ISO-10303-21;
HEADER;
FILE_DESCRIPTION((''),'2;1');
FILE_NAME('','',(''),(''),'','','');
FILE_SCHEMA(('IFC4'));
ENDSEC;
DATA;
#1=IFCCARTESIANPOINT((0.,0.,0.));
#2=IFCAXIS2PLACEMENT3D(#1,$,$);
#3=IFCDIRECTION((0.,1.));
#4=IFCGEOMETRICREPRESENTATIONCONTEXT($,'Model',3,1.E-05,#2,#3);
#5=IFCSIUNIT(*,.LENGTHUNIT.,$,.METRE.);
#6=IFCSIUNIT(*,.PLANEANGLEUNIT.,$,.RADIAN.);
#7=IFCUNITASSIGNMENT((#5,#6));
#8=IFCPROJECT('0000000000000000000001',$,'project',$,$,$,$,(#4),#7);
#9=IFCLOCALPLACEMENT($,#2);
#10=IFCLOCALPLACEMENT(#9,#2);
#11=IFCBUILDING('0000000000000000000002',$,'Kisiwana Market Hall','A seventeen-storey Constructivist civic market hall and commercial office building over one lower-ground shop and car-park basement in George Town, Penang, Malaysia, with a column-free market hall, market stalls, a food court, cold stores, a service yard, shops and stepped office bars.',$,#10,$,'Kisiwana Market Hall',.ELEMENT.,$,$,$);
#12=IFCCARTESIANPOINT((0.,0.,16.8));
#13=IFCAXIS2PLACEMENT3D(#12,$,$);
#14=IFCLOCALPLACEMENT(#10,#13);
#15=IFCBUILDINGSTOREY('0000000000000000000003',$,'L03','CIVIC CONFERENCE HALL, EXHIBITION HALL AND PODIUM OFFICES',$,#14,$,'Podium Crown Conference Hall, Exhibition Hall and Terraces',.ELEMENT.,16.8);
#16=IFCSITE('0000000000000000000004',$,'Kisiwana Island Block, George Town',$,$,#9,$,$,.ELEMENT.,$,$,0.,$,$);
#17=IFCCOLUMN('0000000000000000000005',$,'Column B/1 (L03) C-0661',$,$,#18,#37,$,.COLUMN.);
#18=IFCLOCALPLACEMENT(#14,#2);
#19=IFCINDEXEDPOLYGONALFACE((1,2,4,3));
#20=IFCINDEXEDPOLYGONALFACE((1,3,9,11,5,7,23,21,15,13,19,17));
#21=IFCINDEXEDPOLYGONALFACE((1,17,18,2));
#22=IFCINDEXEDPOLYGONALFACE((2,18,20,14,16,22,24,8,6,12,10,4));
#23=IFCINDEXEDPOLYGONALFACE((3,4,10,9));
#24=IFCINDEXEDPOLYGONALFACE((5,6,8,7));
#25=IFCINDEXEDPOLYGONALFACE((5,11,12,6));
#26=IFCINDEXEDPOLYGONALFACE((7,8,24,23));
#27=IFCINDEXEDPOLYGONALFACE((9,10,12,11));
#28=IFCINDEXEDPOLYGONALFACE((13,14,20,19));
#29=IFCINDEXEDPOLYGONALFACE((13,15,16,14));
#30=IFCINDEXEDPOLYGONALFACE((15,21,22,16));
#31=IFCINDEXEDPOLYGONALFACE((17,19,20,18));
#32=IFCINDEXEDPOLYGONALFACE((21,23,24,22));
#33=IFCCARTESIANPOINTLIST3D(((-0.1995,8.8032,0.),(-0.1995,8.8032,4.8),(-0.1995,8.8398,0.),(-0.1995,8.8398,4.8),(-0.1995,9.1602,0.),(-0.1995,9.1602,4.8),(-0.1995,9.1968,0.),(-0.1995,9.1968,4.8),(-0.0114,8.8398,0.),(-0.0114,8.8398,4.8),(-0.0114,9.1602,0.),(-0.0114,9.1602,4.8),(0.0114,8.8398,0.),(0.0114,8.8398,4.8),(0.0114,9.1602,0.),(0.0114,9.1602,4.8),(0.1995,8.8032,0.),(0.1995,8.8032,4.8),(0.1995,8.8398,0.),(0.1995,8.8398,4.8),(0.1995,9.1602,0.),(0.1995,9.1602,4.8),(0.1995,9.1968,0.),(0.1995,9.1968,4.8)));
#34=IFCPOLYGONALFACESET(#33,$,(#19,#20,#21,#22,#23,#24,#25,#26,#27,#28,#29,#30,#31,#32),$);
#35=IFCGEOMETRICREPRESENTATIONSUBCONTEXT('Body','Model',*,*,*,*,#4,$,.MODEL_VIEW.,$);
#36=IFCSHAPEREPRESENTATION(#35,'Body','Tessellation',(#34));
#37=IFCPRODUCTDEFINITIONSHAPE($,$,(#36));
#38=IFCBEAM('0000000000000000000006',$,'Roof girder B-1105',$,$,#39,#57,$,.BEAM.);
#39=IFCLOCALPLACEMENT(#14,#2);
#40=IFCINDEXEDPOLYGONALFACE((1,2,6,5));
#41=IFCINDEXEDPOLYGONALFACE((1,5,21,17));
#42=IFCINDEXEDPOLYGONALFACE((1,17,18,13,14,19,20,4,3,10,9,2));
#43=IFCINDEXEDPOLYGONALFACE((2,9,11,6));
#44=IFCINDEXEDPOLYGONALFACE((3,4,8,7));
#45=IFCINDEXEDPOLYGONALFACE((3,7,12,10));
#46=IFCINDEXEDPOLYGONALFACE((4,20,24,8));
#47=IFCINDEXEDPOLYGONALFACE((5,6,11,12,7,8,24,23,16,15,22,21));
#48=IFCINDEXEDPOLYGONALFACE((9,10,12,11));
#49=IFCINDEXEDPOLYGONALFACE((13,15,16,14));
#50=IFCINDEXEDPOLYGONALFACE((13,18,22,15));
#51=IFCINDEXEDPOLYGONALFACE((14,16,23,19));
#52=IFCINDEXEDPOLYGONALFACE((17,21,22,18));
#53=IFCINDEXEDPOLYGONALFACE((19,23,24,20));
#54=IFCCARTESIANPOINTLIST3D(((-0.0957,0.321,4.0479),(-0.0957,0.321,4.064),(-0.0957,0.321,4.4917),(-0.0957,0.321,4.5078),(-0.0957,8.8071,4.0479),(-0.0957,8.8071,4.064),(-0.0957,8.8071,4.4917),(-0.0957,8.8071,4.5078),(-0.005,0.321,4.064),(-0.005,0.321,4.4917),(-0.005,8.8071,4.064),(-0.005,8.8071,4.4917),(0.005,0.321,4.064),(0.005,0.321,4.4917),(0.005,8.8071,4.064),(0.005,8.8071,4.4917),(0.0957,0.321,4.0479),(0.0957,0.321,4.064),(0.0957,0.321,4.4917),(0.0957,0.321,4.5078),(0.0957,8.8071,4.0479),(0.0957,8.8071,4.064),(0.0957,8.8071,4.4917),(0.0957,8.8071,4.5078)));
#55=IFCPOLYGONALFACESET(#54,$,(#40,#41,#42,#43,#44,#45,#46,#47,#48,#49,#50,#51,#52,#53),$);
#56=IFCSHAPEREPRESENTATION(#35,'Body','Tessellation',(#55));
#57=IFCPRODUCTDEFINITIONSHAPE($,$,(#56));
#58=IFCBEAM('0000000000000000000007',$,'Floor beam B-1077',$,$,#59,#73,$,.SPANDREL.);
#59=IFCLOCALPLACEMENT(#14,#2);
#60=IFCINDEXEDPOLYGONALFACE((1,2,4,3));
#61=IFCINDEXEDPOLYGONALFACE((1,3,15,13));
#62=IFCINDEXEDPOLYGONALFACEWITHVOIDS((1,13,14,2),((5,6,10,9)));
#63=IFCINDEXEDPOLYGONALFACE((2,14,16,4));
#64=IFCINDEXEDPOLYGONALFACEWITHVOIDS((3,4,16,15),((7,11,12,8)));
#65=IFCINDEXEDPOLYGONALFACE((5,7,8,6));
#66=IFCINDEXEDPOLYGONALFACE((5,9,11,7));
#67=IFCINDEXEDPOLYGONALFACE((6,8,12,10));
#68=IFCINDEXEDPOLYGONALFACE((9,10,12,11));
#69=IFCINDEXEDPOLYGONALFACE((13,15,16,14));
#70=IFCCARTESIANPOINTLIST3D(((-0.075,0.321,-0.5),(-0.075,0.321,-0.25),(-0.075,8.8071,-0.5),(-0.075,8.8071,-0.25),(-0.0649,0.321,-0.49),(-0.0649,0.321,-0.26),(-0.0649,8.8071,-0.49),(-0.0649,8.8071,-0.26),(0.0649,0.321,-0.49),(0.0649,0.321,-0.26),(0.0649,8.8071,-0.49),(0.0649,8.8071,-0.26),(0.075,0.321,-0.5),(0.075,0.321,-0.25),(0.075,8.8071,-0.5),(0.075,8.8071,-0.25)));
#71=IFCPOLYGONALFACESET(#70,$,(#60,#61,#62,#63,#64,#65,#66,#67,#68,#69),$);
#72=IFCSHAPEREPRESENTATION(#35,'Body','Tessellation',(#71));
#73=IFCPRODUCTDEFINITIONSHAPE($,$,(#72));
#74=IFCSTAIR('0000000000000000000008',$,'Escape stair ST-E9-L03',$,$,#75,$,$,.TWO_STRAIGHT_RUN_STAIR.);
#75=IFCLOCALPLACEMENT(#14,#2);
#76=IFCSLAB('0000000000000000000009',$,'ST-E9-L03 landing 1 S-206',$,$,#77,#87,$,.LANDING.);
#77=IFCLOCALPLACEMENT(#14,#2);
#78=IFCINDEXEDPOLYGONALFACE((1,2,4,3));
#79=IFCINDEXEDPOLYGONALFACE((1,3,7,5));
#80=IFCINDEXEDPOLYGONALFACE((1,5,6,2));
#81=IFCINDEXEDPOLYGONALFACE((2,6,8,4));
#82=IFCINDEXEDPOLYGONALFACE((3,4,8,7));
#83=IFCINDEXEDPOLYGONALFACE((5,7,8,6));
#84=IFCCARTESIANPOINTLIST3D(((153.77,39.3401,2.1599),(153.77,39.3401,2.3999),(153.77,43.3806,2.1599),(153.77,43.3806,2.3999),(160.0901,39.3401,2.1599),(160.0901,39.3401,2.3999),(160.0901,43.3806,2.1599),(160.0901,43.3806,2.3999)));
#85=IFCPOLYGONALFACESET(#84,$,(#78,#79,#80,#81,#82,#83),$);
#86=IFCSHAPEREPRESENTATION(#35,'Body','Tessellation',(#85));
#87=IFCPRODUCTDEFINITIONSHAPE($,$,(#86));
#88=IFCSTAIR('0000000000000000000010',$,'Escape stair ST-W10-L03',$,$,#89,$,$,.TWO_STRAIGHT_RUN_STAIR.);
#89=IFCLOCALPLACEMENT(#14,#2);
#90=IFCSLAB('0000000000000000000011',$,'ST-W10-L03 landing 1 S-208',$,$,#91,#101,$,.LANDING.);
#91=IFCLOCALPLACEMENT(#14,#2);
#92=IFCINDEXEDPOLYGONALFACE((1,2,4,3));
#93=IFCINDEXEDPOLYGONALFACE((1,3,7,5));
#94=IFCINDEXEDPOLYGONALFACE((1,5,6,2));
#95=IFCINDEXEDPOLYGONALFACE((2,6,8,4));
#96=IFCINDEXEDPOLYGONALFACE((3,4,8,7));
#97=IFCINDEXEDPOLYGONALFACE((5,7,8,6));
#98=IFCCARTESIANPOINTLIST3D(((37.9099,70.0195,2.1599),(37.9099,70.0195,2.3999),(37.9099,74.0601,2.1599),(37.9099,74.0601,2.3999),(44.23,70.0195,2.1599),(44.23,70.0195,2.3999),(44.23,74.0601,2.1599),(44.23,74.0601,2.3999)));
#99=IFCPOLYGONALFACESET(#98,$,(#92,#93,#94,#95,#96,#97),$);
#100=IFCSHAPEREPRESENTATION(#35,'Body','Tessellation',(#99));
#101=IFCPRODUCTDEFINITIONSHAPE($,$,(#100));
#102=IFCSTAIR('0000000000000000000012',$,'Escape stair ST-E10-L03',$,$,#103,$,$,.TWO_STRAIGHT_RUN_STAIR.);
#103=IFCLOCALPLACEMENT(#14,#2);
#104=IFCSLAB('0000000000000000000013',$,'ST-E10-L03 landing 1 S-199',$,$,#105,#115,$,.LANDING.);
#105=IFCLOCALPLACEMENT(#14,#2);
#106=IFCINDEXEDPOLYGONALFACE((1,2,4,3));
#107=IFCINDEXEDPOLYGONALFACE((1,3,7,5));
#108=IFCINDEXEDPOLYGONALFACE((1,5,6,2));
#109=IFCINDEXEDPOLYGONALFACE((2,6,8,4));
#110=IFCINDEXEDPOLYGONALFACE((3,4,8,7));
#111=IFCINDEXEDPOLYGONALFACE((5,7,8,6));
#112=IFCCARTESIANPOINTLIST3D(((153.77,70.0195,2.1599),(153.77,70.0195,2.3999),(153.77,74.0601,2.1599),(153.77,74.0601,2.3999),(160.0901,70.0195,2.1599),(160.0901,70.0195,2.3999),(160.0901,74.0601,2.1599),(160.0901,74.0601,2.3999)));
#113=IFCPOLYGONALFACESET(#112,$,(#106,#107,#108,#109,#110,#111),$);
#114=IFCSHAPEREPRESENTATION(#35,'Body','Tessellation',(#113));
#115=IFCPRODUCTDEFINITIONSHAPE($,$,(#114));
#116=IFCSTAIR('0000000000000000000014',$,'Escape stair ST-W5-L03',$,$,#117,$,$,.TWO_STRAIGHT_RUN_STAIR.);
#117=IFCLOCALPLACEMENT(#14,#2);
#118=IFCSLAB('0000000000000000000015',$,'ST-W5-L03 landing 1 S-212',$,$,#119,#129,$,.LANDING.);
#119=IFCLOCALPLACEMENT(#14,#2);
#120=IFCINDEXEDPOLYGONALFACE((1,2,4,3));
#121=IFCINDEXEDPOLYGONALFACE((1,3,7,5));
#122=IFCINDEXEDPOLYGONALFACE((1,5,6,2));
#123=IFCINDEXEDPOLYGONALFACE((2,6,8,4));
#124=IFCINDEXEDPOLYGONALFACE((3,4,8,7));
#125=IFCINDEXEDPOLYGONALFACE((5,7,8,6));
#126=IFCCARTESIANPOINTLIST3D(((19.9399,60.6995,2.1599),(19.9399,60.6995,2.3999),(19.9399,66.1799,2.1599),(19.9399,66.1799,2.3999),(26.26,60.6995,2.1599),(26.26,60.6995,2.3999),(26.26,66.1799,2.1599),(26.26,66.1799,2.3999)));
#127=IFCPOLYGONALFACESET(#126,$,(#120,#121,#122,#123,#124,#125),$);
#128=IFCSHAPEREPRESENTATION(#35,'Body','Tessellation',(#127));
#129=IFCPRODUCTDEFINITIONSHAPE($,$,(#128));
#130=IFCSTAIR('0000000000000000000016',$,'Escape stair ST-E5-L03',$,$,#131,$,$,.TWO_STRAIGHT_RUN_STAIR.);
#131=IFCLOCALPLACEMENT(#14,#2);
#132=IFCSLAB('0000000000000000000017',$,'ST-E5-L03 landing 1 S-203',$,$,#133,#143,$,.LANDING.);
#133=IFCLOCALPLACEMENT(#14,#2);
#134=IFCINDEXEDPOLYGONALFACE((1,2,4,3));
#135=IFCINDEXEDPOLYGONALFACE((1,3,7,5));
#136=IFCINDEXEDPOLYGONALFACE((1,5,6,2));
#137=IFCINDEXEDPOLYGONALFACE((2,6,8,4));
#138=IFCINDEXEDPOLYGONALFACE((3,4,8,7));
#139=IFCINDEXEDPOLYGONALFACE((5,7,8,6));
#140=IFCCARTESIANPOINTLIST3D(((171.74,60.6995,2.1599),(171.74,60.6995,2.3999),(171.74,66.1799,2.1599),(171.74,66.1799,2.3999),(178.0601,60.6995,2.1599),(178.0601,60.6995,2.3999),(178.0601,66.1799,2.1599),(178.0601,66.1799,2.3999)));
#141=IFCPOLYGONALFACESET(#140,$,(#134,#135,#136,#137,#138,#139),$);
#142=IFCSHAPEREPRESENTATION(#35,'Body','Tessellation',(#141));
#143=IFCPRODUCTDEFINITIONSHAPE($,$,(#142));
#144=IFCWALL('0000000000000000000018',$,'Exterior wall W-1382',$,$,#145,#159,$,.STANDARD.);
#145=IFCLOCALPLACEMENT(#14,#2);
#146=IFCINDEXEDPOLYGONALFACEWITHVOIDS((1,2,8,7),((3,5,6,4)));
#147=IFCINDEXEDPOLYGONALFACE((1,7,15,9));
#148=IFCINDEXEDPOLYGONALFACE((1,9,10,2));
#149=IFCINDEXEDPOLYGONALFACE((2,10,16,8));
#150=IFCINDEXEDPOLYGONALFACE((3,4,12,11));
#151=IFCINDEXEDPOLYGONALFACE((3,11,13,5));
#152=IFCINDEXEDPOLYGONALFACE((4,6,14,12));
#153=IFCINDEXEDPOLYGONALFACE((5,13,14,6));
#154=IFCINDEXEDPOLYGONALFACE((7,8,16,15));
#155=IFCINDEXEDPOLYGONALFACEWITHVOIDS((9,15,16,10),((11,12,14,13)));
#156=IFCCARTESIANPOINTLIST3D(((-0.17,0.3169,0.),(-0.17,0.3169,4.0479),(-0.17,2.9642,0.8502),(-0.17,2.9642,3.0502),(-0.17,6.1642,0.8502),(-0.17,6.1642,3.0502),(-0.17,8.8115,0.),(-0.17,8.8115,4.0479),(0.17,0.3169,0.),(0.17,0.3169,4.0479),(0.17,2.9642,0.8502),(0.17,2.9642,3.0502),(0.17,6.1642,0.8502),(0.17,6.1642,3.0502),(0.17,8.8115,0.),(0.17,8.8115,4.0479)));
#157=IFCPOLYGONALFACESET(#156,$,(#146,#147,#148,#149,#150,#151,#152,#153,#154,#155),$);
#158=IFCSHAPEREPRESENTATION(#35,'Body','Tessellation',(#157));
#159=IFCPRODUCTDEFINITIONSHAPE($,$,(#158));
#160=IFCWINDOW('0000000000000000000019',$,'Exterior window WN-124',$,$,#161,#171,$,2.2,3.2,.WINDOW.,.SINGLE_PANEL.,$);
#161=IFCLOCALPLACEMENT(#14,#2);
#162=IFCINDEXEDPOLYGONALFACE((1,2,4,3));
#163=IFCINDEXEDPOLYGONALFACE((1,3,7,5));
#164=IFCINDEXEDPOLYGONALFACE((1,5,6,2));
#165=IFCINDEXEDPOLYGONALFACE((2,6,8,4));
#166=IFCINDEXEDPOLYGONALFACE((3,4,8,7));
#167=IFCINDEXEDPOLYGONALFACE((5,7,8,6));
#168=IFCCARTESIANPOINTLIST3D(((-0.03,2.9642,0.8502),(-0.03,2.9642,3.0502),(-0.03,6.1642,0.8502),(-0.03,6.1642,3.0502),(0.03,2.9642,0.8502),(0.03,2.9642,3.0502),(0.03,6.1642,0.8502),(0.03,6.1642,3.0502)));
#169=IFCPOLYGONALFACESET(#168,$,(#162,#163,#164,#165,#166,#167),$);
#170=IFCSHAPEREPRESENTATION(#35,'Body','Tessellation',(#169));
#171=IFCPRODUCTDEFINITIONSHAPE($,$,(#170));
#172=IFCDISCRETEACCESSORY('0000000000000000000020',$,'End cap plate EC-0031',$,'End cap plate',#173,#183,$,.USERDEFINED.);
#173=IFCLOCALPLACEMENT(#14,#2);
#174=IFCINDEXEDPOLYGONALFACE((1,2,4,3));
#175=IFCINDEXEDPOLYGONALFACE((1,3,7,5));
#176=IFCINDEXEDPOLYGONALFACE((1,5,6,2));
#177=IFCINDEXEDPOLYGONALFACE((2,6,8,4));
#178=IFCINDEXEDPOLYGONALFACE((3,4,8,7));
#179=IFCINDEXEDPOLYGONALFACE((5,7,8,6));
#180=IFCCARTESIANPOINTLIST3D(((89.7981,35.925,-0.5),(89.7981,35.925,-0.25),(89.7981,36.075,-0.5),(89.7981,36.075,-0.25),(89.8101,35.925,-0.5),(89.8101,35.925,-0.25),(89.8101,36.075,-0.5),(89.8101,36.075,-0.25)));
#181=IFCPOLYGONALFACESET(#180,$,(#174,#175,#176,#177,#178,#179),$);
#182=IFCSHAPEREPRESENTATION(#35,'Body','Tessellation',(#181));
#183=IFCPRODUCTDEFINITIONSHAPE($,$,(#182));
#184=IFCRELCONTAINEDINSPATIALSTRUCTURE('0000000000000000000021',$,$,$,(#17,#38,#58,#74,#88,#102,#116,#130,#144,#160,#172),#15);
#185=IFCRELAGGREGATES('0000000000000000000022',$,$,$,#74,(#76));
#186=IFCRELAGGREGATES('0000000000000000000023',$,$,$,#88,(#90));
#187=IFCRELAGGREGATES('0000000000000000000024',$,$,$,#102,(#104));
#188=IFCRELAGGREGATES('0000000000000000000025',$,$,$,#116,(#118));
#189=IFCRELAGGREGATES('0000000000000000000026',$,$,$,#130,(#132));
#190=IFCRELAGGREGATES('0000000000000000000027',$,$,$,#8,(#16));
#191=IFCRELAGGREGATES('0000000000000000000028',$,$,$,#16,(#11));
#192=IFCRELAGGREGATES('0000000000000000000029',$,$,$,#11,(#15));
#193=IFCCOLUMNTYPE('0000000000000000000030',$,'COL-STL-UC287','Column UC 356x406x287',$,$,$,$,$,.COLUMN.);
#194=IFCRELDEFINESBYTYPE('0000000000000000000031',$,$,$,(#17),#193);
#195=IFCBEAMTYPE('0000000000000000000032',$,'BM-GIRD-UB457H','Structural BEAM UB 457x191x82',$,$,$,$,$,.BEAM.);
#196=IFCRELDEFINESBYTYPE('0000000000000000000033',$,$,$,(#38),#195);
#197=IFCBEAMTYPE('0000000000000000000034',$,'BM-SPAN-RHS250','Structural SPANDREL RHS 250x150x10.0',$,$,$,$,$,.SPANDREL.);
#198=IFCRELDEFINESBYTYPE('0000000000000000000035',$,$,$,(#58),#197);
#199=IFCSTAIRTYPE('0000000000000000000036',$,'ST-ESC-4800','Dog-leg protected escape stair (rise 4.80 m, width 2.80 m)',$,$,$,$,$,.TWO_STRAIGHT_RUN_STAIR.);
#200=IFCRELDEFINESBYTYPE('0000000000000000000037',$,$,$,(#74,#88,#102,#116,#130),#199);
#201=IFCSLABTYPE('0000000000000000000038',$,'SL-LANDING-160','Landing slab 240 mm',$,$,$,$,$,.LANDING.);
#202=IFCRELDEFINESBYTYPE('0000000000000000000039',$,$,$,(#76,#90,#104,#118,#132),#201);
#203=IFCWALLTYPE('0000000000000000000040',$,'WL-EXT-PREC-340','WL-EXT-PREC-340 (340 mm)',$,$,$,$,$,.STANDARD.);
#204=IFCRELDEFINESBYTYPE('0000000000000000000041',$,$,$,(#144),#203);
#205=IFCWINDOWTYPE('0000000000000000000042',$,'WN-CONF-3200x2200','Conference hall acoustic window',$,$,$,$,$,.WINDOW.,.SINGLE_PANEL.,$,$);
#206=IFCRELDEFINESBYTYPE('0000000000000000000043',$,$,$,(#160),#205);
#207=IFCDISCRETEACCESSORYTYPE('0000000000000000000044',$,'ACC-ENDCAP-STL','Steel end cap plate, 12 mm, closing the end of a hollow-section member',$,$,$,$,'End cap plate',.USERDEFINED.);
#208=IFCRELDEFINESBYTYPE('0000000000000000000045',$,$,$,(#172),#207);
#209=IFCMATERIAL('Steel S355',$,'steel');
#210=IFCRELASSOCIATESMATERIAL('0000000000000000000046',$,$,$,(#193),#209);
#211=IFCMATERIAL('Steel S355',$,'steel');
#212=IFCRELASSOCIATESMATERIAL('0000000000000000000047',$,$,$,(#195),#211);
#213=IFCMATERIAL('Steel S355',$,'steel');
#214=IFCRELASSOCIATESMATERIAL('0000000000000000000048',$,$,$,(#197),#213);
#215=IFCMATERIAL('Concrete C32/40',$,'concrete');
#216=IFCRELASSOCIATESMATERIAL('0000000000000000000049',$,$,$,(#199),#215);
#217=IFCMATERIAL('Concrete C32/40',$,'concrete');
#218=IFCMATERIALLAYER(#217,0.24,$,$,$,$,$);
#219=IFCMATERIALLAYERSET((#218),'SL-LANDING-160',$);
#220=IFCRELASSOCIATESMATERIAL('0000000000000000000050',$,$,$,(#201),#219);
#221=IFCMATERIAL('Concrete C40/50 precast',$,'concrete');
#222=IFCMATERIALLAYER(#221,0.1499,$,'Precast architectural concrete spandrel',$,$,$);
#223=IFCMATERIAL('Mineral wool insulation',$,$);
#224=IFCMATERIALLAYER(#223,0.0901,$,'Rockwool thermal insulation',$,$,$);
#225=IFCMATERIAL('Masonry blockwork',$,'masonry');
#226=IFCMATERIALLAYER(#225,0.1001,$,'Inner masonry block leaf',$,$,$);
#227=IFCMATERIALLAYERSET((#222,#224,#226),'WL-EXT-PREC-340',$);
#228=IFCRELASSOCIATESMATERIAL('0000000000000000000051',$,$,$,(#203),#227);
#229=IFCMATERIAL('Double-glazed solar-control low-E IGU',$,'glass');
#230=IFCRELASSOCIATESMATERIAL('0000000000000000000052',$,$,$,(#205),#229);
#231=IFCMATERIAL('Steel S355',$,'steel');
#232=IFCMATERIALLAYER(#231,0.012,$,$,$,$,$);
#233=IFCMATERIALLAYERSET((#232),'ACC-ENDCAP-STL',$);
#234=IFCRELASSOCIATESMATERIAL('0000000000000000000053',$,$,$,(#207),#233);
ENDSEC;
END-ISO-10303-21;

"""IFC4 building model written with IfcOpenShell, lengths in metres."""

from ifc_helpers import new_model, si_unit, direction, frame, frame_2d, origin, origin_2d, place, context, subcontext, project, spatial, polyline, rectangle, hollow_rectangle, i_section, outline, extrude, material, layer, layer_set, material_profile, profile_set, type_object, element, fill, aggregate, save


model = new_model("IFC4")

# Units and contexts
model_context = context("Model", 3, precision=1e-05, world=origin(), true_north=direction((0.0, 1.0)))
body_context = subcontext(model_context, "Body", "Model", "MODEL_VIEW")
ifc_project = project(units=[si_unit("LENGTHUNIT", "METRE"), si_unit("PLANEANGLEUNIT", "RADIAN")], contexts=[model_context])

# Site, building, storey
site_placement = place(None, origin())
site = spatial("IfcSite", under=ifc_project, at=site_placement, Name="Kisiwana Island Block, George Town", CompositionType="ELEMENT", RefElevation=0.0)
building_placement = place(site_placement, origin())
building = spatial("IfcBuilding", under=site, at=building_placement, Name="Kisiwana Market Hall", Description="A seventeen-storey Constructivist civic market hall and commercial office building over one lower-ground shop and car-park basement in George Town, Penang, Malaysia, with a column-free market hall, market stalls, a food court, cold stores, a service yard, shops and stepped office bars.", LongName="Kisiwana Market Hall", CompositionType="ELEMENT")
storey_placement = place(building_placement, frame((0.0, 0.0, 16.8)))
storey = spatial("IfcBuildingStorey", under=building, at=storey_placement, Name="L03", Description="CIVIC CONFERENCE HALL, EXHIBITION HALL AND PODIUM OFFICES", LongName="Podium Crown Conference Hall, Exhibition Hall and Terraces", CompositionType="ELEMENT", Elevation=16.8)

# Column
ifc_material_1 = material(Name="Steel S355", Category="steel")
ifc_material_profile_1 = material_profile(ifc_material_1, i_section(OverallWidth=0.3989, OverallDepth=0.3936, WebThickness=0.0227, FlangeThickness=0.0366, at=origin_2d()), Name="UC 356x406x287")
ifc_profile_set_1 = profile_set([ifc_material_profile_1], Name="Steel S355")
column_type = type_object("IfcColumnType", Name="COL-STL-UC287", Description="Column UC 356x406x287", PredefinedType="COLUMN", material=ifc_profile_set_1)
column_placement = place(storey_placement, frame((0.0, 9.0, 0.0), z_axis=(0.0, 0.0, 1.0), x_axis=(1.0, 0.0, 0.0)))
element("IfcColumn", 1, at=column_placement, inside=storey, type_object=column_type, Name="Column B/1 (L03) C-0661", PredefinedType="COLUMN", context=body_context, shape_type="SweptSolid", body=[
    extrude(i_section(OverallWidth=0.3989, OverallDepth=0.3936, WebThickness=0.0227, FlangeThickness=0.0366, at=origin_2d()), origin(), (0.0, 0.0, 1.0), 4.8),
])

# Beams
ifc_material_2 = material(Name="Steel S355", Category="steel")
ifc_material_profile_2 = material_profile(ifc_material_2, i_section(OverallWidth=0.1914, OverallDepth=0.46, WebThickness=0.01, FlangeThickness=0.0161, at=origin_2d()), Name="UB 457x191x82")
ifc_profile_set_2 = profile_set([ifc_material_profile_2], Name="Steel S355")
beam_type_1 = type_object("IfcBeamType", Name="BM-GIRD-UB457H", Description="Structural BEAM UB 457x191x82", PredefinedType="BEAM", material=ifc_profile_set_2)
beam_1_placement = place(storey_placement, frame((0.0, 0.321, 4.2778), z_axis=(0.0, 1.0, 0.0), x_axis=(-1.0, 0.0, 0.0)))
element("IfcBeam", 2, at=beam_1_placement, inside=storey, type_object=beam_type_1, Name="Roof girder B-1105", PredefinedType="BEAM", context=body_context, shape_type="SweptSolid", body=[
    extrude(i_section(OverallWidth=0.1914, OverallDepth=0.46, WebThickness=0.01, FlangeThickness=0.0161, at=origin_2d()), origin(), (0.0, 0.0, 1.0), 8.4861),
])
ifc_material_3 = material(Name="Steel S355", Category="steel")
ifc_material_profile_3 = material_profile(ifc_material_3, hollow_rectangle(XDim=0.1499, YDim=0.25, WallThickness=0.01, at=origin_2d()), Name="RHS 250x150x10.0")
ifc_profile_set_3 = profile_set([ifc_material_profile_3], Name="Steel S355")
beam_type_2 = type_object("IfcBeamType", Name="BM-SPAN-RHS250", Description="Structural SPANDREL RHS 250x150x10.0", PredefinedType="SPANDREL", material=ifc_profile_set_3)
beam_2_placement = place(storey_placement, frame((0.0, 0.321, -0.375), z_axis=(0.0, 1.0, 0.0), x_axis=(-1.0, 0.0, 0.0)))
element("IfcBeam", 3, at=beam_2_placement, inside=storey, type_object=beam_type_2, Name="Floor beam B-1077", PredefinedType="SPANDREL", context=body_context, shape_type="SweptSolid", body=[
    extrude(hollow_rectangle(XDim=0.1499, YDim=0.25, WallThickness=0.01, at=origin_2d()), origin(), (0.0, 0.0, 1.0), 8.4861),
])

# Stairs, slabs
ifc_material_4 = material(Name="Concrete C32/40", Category="concrete")
stair_type = type_object("IfcStairType", Name="ST-ESC-4800", Description="Dog-leg protected escape stair (rise 4.80 m, width 2.80 m)", PredefinedType="TWO_STRAIGHT_RUN_STAIR", material=ifc_material_4)
stair_1_placement = place(storey_placement, origin())
stair_1 = element("IfcStair", 4, at=stair_1_placement, inside=storey, type_object=stair_type, Name="Escape stair ST-E9-L03", PredefinedType="TWO_STRAIGHT_RUN_STAIR")
ifc_material_5 = material(Name="Concrete C32/40", Category="concrete")
ifc_layer_1 = layer(ifc_material_5, 0.24)
ifc_layer_set_1 = layer_set([ifc_layer_1], Name="SL-LANDING-160")
slab_type = type_object("IfcSlabType", Name="SL-LANDING-160", Description="Landing slab 240 mm", PredefinedType="LANDING", material=ifc_layer_set_1)
slab_1_placement = place(storey_placement, frame((0.0, 0.0, 2.1599)))
slab_1 = element("IfcSlab", 5, at=slab_1_placement, type_object=slab_type, Name="ST-E9-L03 landing 1 S-206", PredefinedType="LANDING", context=body_context, shape_type="SweptSolid", body=[
    extrude(outline(polyline([(153.77, 39.3401), (160.0901, 39.3401), (160.0901, 43.3806), (153.77, 43.3806), (153.77, 39.3401)])), origin(), (0.0, 0.0, 1.0), 0.24),
])
aggregate(stair_1, [slab_1])
stair_2_placement = place(storey_placement, origin())
stair_2 = element("IfcStair", 6, at=stair_2_placement, inside=storey, type_object=stair_type, Name="Escape stair ST-W10-L03", PredefinedType="TWO_STRAIGHT_RUN_STAIR")
slab_2_placement = place(storey_placement, frame((0.0, 0.0, 2.1599)))
slab_2 = element("IfcSlab", 7, at=slab_2_placement, type_object=slab_type, Name="ST-W10-L03 landing 1 S-208", PredefinedType="LANDING", context=body_context, shape_type="SweptSolid", body=[
    extrude(outline(polyline([(37.9099, 70.0195), (44.23, 70.0195), (44.23, 74.0601), (37.9099, 74.0601), (37.9099, 70.0195)])), origin(), (0.0, 0.0, 1.0), 0.24),
])
aggregate(stair_2, [slab_2])
stair_3_placement = place(storey_placement, origin())
stair_3 = element("IfcStair", 8, at=stair_3_placement, inside=storey, type_object=stair_type, Name="Escape stair ST-E10-L03", PredefinedType="TWO_STRAIGHT_RUN_STAIR")
slab_3_placement = place(storey_placement, frame((0.0, 0.0, 2.1599)))
slab_3 = element("IfcSlab", 9, at=slab_3_placement, type_object=slab_type, Name="ST-E10-L03 landing 1 S-199", PredefinedType="LANDING", context=body_context, shape_type="SweptSolid", body=[
    extrude(outline(polyline([(153.77, 70.0195), (160.0901, 70.0195), (160.0901, 74.0601), (153.77, 74.0601), (153.77, 70.0195)])), origin(), (0.0, 0.0, 1.0), 0.24),
])
aggregate(stair_3, [slab_3])
stair_4_placement = place(storey_placement, origin())
stair_4 = element("IfcStair", 10, at=stair_4_placement, inside=storey, type_object=stair_type, Name="Escape stair ST-W5-L03", PredefinedType="TWO_STRAIGHT_RUN_STAIR")
slab_4_placement = place(storey_placement, frame((0.0, 0.0, 2.1599)))
slab_4 = element("IfcSlab", 11, at=slab_4_placement, type_object=slab_type, Name="ST-W5-L03 landing 1 S-212", PredefinedType="LANDING", context=body_context, shape_type="SweptSolid", body=[
    extrude(outline(polyline([(19.9399, 60.6995), (26.26, 60.6995), (26.26, 66.1799), (19.9399, 66.1799), (19.9399, 60.6995)])), origin(), (0.0, 0.0, 1.0), 0.24),
])
aggregate(stair_4, [slab_4])
stair_5_placement = place(storey_placement, origin())
stair_5 = element("IfcStair", 12, at=stair_5_placement, inside=storey, type_object=stair_type, Name="Escape stair ST-E5-L03", PredefinedType="TWO_STRAIGHT_RUN_STAIR")
slab_5_placement = place(storey_placement, frame((0.0, 0.0, 2.1599)))
slab_5 = element("IfcSlab", 13, at=slab_5_placement, type_object=slab_type, Name="ST-E5-L03 landing 1 S-203", PredefinedType="LANDING", context=body_context, shape_type="SweptSolid", body=[
    extrude(outline(polyline([(171.74, 60.6995), (178.0601, 60.6995), (178.0601, 66.1799), (171.74, 66.1799), (171.74, 60.6995)])), origin(), (0.0, 0.0, 1.0), 0.24),
])
aggregate(stair_5, [slab_5])

# Wall, opening, window
ifc_material_6 = material(Name="Concrete C40/50 precast", Category="concrete")
ifc_layer_2 = layer(ifc_material_6, 0.1499, Name="Precast architectural concrete spandrel")
ifc_material_7 = material(Name="Mineral wool insulation")
ifc_layer_3 = layer(ifc_material_7, 0.0901, Name="Rockwool thermal insulation")
ifc_material_8 = material(Name="Masonry blockwork", Category="masonry")
ifc_layer_4 = layer(ifc_material_8, 0.1001, Name="Inner masonry block leaf")
ifc_layer_set_2 = layer_set([ifc_layer_2, ifc_layer_3, ifc_layer_4], Name="WL-EXT-PREC-340")
wall_type = type_object("IfcWallType", Name="WL-EXT-PREC-340", Description="WL-EXT-PREC-340 (340 mm)", PredefinedType="STANDARD", material=ifc_layer_set_2)
wall_placement = place(storey_placement, frame((0.0, 0.3169, 0.0), z_axis=(0.0, 0.0, 1.0), x_axis=(0.0, 1.0, 0.0)))
wall = element("IfcWall", 14, at=wall_placement, inside=storey, type_object=wall_type, Name="Exterior wall W-1382", PredefinedType="STANDARD", context=body_context, shape_type="SweptSolid", body=[
    extrude(rectangle(XDim=8.4946, YDim=0.3401, at=frame_2d((4.2473, 0.0))), origin(), (0.0, 0.0, 1.0), 4.0479),
])
opening_placement = place(wall_placement, frame((2.6472, 0.0, 0.8501)))
opening = element("IfcOpeningElement", 15, at=opening_placement, cuts=wall, PredefinedType="OPENING", context=body_context, shape_type="SweptSolid", body=[
    extrude(rectangle(XDim=3.2, YDim=2.2, at=frame_2d((1.6001, 1.1001))), frame((0.0, 0.1821, 0.0), z_axis=(0.0, -1.0, 0.0), x_axis=(1.0, 0.0, 0.0)), (0.0, 0.0, 1.0), 0.364),
])
ifc_material_9 = material(Name="Double-glazed solar-control low-E IGU", Category="glass")
window_type = type_object("IfcWindowType", Name="WN-CONF-3200x2200", Description="Conference hall acoustic window", PartitioningType="SINGLE_PANEL", PredefinedType="WINDOW", material=ifc_material_9)
window_placement = place(opening_placement, origin())
window = element("IfcWindow", 16, at=window_placement, inside=storey, type_object=window_type, Name="Exterior window WN-124", OverallHeight=2.2, OverallWidth=3.2, PartitioningType="SINGLE_PANEL", PredefinedType="WINDOW", context=body_context, shape_type="SweptSolid", body=[
    extrude(rectangle(XDim=3.2, YDim=2.2, at=frame_2d((1.6001, 1.1001))), frame((0.0, 0.03, 0.0), z_axis=(0.0, -1.0, 0.0), x_axis=(1.0, 0.0, 0.0)), (0.0, 0.0, 1.0), 0.0601),
])
fill(opening, window)

# Discrete accessory
ifc_material_10 = material(Name="Steel S355", Category="steel")
ifc_layer_5 = layer(ifc_material_10, 0.012)
ifc_layer_set_3 = layer_set([ifc_layer_5], Name="ACC-ENDCAP-STL")
discrete_accessory_type = type_object("IfcDiscreteAccessoryType", Name="ACC-ENDCAP-STL", Description="Steel end cap plate, 12 mm, closing the end of a hollow-section member", ElementType="End cap plate", PredefinedType="USERDEFINED", material=ifc_layer_set_3)
discrete_accessory_1_placement = place(storey_placement, frame((0.0, 0.0, -0.5)))
element("IfcDiscreteAccessory", 17, at=discrete_accessory_1_placement, inside=storey, type_object=discrete_accessory_type, Name="End cap plate EC-0031", ObjectType="End cap plate", PredefinedType="USERDEFINED", context=body_context, shape_type="SweptSolid", body=[
    extrude(outline(polyline([(89.7981, 35.925), (89.8101, 35.925), (89.8101, 36.075), (89.7981, 36.075), (89.7981, 35.925)])), origin(), (0.0, 0.0, 1.0), 0.25),
])

save(model, "model.ifc")
